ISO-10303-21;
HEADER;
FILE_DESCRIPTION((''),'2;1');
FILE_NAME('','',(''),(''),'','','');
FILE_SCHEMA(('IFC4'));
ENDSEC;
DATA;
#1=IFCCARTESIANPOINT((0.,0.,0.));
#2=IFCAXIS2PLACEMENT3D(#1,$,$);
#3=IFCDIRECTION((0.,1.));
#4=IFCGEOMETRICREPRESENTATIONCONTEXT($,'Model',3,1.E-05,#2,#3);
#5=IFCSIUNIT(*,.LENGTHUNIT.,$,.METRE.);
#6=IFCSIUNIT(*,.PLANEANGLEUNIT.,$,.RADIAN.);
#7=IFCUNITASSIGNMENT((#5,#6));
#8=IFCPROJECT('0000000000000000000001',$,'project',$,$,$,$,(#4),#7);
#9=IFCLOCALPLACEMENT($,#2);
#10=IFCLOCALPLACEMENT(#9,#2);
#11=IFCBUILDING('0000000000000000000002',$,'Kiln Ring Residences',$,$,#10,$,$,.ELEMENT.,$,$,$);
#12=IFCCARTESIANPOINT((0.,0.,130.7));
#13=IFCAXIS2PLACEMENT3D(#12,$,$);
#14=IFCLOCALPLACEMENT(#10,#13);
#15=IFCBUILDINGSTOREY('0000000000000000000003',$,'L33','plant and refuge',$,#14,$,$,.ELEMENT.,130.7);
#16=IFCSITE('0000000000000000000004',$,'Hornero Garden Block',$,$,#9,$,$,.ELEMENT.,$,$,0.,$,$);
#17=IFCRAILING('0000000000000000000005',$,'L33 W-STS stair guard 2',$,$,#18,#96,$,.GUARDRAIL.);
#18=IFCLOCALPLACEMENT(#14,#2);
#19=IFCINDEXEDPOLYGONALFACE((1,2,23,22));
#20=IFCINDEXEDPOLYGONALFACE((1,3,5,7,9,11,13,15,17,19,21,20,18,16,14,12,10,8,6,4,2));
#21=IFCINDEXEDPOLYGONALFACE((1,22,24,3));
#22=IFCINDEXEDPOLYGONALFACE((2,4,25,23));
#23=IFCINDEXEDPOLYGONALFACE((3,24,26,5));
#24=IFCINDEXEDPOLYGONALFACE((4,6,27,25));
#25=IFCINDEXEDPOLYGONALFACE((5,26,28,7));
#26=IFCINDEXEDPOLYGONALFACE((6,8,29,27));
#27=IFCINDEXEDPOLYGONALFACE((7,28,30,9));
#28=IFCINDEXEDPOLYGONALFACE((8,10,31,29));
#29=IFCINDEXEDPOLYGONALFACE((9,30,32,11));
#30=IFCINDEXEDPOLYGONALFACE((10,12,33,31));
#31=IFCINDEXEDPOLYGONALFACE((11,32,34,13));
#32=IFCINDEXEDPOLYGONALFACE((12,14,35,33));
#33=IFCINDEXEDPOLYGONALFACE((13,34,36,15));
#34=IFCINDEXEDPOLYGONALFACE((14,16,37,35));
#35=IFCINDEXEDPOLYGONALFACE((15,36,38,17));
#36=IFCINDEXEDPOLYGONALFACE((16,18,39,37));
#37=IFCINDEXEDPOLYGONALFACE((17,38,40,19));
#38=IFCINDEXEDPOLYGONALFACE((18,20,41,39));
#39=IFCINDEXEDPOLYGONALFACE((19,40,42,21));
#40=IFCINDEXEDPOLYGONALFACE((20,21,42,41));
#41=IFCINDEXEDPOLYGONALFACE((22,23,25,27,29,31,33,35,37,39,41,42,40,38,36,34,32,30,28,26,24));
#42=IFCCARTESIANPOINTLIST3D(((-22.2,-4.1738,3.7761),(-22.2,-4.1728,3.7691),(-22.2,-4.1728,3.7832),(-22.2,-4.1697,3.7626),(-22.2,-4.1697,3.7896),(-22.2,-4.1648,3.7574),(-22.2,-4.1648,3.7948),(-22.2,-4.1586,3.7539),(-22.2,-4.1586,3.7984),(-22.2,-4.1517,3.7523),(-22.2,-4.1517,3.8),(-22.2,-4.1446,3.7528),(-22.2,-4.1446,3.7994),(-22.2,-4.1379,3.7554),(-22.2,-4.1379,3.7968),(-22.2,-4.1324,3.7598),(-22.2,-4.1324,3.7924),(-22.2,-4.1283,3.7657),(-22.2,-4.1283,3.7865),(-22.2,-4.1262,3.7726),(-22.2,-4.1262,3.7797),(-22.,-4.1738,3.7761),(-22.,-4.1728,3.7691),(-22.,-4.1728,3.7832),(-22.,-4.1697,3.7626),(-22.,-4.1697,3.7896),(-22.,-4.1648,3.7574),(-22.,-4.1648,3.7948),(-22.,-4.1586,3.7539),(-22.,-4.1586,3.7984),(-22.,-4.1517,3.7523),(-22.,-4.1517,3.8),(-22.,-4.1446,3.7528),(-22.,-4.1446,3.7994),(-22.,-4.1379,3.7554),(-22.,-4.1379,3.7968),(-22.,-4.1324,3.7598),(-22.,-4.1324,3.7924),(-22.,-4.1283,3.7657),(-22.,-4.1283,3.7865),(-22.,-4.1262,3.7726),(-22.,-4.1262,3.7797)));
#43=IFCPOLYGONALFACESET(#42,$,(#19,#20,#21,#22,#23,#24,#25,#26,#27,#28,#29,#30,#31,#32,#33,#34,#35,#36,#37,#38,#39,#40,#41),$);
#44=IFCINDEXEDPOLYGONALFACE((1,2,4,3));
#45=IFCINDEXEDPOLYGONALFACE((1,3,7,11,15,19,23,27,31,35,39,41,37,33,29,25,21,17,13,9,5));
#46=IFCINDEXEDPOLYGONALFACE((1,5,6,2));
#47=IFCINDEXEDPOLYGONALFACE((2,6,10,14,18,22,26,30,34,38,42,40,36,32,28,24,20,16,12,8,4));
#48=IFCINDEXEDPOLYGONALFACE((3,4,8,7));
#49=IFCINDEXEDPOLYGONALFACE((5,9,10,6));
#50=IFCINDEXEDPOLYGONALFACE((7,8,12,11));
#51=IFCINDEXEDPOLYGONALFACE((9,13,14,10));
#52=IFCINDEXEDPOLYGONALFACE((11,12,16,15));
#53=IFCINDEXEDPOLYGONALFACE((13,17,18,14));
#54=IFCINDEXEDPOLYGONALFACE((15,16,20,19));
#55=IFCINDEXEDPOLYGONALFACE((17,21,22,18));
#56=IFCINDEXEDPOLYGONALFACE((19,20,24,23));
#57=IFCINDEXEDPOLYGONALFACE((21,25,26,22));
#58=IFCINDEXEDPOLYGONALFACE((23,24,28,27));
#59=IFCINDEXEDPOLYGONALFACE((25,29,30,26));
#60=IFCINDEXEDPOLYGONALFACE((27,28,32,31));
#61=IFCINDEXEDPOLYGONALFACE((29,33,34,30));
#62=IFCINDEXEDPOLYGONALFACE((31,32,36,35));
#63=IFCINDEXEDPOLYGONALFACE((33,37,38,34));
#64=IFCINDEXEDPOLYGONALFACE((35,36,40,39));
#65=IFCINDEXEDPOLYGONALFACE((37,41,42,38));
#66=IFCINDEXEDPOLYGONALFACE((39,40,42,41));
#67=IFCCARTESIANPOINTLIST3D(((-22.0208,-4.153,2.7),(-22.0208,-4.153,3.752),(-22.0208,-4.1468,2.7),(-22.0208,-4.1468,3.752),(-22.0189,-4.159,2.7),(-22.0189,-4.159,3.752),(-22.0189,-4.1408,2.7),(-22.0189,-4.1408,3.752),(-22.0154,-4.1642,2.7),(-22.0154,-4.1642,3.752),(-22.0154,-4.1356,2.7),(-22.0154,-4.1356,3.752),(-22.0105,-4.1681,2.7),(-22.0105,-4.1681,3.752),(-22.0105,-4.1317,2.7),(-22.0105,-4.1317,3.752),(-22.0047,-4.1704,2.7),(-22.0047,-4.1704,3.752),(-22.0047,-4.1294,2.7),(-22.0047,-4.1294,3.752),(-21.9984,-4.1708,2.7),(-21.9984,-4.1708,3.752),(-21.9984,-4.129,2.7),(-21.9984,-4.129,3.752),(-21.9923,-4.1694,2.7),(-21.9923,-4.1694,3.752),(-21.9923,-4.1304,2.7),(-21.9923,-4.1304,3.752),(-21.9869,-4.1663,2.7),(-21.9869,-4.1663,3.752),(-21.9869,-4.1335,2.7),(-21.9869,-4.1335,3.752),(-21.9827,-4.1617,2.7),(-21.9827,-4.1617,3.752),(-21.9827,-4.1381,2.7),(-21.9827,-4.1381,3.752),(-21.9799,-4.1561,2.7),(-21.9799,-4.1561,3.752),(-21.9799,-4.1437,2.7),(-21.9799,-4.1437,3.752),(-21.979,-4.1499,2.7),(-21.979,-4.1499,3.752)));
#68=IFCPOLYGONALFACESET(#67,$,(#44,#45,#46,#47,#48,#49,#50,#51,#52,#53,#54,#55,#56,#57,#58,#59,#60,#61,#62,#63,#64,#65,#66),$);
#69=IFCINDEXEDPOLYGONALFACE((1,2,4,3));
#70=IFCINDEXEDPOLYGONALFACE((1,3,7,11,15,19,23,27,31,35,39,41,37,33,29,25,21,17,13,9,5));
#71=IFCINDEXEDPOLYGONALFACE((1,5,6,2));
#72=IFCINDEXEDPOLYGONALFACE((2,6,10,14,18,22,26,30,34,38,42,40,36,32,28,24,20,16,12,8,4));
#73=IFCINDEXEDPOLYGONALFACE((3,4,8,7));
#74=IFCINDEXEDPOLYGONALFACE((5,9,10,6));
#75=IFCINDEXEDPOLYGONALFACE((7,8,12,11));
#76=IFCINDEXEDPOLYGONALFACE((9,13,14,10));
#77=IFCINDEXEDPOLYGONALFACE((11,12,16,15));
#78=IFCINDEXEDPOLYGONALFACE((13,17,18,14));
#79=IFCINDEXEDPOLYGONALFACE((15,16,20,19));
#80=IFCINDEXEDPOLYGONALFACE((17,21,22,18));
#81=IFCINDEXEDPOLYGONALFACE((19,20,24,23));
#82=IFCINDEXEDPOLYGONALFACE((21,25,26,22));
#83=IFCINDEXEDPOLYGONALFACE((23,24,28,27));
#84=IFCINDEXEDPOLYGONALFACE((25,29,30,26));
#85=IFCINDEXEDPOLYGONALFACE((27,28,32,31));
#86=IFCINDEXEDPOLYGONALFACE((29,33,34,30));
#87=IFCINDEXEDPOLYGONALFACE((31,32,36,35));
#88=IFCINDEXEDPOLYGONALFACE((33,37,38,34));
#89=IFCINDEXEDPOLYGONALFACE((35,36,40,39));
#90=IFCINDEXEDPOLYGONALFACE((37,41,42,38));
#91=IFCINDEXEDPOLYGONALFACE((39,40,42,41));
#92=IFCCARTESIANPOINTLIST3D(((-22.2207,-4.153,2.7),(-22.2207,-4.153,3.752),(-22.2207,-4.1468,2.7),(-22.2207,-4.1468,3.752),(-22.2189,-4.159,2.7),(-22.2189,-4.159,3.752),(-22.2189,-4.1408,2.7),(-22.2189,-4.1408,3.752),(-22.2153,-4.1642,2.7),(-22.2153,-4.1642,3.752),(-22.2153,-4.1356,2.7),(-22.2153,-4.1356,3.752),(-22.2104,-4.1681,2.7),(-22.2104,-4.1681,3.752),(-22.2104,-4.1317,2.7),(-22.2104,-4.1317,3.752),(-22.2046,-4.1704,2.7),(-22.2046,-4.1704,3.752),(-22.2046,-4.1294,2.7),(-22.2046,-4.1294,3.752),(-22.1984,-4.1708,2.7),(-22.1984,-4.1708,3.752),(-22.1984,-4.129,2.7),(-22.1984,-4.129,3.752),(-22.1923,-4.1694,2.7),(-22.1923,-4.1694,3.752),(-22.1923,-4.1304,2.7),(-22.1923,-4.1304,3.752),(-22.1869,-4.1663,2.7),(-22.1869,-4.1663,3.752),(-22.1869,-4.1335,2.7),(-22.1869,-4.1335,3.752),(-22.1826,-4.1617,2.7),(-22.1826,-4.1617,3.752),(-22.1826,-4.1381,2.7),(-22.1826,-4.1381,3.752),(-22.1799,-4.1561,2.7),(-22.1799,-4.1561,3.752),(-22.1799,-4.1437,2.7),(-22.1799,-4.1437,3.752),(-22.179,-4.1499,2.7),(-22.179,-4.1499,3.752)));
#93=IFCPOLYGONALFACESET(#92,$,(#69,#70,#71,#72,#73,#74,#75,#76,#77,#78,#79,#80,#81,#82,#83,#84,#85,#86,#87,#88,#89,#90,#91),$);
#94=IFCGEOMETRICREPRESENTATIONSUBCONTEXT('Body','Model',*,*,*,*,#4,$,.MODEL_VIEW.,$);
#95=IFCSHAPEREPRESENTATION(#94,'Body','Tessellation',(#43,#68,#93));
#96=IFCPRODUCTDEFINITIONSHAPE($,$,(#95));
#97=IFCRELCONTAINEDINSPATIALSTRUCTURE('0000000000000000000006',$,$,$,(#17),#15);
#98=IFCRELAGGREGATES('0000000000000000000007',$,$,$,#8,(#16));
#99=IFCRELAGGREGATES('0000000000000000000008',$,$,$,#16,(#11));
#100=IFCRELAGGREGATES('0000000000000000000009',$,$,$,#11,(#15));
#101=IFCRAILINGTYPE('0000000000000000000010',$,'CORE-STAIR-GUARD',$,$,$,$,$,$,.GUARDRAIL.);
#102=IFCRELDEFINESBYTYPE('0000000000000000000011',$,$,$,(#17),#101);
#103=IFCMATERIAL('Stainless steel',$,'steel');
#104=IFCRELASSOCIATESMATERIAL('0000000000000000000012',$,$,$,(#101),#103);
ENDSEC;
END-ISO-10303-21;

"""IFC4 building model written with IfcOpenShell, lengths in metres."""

from ifc_helpers import new_model, si_unit, direction, frame, origin, origin_2d, place, context, subcontext, project, spatial, circle, extrude, material, type_object, element, save


model = new_model("IFC4")

# Units and contexts
model_context = context("Model", 3, precision=1e-05, world=origin(), true_north=direction((0.0, 1.0)))
body_context = subcontext(model_context, "Body", "Model", "MODEL_VIEW")
ifc_project = project(units=[si_unit("LENGTHUNIT", "METRE"), si_unit("PLANEANGLEUNIT", "RADIAN")], contexts=[model_context])

# Site, building, storey
site_placement = place(None, origin())
site = spatial("IfcSite", under=ifc_project, at=site_placement, Name="Hornero Garden Block", CompositionType="ELEMENT", RefElevation=0.0)
building_placement = place(site_placement, origin())
building = spatial("IfcBuilding", under=site, at=building_placement, Name="Kiln Ring Residences", CompositionType="ELEMENT")
storey_placement = place(building_placement, frame((0.0, 0.0, 130.7)))
storey = spatial("IfcBuildingStorey", under=building, at=storey_placement, Name="L33", Description="plant and refuge", CompositionType="ELEMENT", Elevation=130.7)

# Railing
ifc_material_1 = material(Name="Stainless steel", Category="steel")
railing_type_1 = type_object("IfcRailingType", Name="CORE-STAIR-GUARD", PredefinedType="GUARDRAIL", material=ifc_material_1)
railing_1_placement = place(storey_placement, frame((-22.0, -4.1499, 2.7)))
element("IfcRailing", 1, at=railing_1_placement, inside=storey, type_object=railing_type_1, Name="L33 W-STS stair guard 2", PredefinedType="GUARDRAIL", context=body_context, shape_type="SweptSolid", body=[
    extrude(circle(Radius=0.0239, at=origin_2d()), frame((0.0, 0.0, 1.0762), z_axis=(-1.0, 0.0, 0.0), x_axis=(0.0, -1.0, 0.0)), (0.0, 0.0, 1.0), 0.2),
    extrude(circle(Radius=0.021, at=origin_2d()), origin(), (0.0, 0.0, 1.0), 1.052),
    extrude(circle(Radius=0.021, at=origin_2d()), frame((-0.2, 0.0, 0.0)), (0.0, 0.0, 1.0), 1.052),
])

save(model, "model.ifc")
